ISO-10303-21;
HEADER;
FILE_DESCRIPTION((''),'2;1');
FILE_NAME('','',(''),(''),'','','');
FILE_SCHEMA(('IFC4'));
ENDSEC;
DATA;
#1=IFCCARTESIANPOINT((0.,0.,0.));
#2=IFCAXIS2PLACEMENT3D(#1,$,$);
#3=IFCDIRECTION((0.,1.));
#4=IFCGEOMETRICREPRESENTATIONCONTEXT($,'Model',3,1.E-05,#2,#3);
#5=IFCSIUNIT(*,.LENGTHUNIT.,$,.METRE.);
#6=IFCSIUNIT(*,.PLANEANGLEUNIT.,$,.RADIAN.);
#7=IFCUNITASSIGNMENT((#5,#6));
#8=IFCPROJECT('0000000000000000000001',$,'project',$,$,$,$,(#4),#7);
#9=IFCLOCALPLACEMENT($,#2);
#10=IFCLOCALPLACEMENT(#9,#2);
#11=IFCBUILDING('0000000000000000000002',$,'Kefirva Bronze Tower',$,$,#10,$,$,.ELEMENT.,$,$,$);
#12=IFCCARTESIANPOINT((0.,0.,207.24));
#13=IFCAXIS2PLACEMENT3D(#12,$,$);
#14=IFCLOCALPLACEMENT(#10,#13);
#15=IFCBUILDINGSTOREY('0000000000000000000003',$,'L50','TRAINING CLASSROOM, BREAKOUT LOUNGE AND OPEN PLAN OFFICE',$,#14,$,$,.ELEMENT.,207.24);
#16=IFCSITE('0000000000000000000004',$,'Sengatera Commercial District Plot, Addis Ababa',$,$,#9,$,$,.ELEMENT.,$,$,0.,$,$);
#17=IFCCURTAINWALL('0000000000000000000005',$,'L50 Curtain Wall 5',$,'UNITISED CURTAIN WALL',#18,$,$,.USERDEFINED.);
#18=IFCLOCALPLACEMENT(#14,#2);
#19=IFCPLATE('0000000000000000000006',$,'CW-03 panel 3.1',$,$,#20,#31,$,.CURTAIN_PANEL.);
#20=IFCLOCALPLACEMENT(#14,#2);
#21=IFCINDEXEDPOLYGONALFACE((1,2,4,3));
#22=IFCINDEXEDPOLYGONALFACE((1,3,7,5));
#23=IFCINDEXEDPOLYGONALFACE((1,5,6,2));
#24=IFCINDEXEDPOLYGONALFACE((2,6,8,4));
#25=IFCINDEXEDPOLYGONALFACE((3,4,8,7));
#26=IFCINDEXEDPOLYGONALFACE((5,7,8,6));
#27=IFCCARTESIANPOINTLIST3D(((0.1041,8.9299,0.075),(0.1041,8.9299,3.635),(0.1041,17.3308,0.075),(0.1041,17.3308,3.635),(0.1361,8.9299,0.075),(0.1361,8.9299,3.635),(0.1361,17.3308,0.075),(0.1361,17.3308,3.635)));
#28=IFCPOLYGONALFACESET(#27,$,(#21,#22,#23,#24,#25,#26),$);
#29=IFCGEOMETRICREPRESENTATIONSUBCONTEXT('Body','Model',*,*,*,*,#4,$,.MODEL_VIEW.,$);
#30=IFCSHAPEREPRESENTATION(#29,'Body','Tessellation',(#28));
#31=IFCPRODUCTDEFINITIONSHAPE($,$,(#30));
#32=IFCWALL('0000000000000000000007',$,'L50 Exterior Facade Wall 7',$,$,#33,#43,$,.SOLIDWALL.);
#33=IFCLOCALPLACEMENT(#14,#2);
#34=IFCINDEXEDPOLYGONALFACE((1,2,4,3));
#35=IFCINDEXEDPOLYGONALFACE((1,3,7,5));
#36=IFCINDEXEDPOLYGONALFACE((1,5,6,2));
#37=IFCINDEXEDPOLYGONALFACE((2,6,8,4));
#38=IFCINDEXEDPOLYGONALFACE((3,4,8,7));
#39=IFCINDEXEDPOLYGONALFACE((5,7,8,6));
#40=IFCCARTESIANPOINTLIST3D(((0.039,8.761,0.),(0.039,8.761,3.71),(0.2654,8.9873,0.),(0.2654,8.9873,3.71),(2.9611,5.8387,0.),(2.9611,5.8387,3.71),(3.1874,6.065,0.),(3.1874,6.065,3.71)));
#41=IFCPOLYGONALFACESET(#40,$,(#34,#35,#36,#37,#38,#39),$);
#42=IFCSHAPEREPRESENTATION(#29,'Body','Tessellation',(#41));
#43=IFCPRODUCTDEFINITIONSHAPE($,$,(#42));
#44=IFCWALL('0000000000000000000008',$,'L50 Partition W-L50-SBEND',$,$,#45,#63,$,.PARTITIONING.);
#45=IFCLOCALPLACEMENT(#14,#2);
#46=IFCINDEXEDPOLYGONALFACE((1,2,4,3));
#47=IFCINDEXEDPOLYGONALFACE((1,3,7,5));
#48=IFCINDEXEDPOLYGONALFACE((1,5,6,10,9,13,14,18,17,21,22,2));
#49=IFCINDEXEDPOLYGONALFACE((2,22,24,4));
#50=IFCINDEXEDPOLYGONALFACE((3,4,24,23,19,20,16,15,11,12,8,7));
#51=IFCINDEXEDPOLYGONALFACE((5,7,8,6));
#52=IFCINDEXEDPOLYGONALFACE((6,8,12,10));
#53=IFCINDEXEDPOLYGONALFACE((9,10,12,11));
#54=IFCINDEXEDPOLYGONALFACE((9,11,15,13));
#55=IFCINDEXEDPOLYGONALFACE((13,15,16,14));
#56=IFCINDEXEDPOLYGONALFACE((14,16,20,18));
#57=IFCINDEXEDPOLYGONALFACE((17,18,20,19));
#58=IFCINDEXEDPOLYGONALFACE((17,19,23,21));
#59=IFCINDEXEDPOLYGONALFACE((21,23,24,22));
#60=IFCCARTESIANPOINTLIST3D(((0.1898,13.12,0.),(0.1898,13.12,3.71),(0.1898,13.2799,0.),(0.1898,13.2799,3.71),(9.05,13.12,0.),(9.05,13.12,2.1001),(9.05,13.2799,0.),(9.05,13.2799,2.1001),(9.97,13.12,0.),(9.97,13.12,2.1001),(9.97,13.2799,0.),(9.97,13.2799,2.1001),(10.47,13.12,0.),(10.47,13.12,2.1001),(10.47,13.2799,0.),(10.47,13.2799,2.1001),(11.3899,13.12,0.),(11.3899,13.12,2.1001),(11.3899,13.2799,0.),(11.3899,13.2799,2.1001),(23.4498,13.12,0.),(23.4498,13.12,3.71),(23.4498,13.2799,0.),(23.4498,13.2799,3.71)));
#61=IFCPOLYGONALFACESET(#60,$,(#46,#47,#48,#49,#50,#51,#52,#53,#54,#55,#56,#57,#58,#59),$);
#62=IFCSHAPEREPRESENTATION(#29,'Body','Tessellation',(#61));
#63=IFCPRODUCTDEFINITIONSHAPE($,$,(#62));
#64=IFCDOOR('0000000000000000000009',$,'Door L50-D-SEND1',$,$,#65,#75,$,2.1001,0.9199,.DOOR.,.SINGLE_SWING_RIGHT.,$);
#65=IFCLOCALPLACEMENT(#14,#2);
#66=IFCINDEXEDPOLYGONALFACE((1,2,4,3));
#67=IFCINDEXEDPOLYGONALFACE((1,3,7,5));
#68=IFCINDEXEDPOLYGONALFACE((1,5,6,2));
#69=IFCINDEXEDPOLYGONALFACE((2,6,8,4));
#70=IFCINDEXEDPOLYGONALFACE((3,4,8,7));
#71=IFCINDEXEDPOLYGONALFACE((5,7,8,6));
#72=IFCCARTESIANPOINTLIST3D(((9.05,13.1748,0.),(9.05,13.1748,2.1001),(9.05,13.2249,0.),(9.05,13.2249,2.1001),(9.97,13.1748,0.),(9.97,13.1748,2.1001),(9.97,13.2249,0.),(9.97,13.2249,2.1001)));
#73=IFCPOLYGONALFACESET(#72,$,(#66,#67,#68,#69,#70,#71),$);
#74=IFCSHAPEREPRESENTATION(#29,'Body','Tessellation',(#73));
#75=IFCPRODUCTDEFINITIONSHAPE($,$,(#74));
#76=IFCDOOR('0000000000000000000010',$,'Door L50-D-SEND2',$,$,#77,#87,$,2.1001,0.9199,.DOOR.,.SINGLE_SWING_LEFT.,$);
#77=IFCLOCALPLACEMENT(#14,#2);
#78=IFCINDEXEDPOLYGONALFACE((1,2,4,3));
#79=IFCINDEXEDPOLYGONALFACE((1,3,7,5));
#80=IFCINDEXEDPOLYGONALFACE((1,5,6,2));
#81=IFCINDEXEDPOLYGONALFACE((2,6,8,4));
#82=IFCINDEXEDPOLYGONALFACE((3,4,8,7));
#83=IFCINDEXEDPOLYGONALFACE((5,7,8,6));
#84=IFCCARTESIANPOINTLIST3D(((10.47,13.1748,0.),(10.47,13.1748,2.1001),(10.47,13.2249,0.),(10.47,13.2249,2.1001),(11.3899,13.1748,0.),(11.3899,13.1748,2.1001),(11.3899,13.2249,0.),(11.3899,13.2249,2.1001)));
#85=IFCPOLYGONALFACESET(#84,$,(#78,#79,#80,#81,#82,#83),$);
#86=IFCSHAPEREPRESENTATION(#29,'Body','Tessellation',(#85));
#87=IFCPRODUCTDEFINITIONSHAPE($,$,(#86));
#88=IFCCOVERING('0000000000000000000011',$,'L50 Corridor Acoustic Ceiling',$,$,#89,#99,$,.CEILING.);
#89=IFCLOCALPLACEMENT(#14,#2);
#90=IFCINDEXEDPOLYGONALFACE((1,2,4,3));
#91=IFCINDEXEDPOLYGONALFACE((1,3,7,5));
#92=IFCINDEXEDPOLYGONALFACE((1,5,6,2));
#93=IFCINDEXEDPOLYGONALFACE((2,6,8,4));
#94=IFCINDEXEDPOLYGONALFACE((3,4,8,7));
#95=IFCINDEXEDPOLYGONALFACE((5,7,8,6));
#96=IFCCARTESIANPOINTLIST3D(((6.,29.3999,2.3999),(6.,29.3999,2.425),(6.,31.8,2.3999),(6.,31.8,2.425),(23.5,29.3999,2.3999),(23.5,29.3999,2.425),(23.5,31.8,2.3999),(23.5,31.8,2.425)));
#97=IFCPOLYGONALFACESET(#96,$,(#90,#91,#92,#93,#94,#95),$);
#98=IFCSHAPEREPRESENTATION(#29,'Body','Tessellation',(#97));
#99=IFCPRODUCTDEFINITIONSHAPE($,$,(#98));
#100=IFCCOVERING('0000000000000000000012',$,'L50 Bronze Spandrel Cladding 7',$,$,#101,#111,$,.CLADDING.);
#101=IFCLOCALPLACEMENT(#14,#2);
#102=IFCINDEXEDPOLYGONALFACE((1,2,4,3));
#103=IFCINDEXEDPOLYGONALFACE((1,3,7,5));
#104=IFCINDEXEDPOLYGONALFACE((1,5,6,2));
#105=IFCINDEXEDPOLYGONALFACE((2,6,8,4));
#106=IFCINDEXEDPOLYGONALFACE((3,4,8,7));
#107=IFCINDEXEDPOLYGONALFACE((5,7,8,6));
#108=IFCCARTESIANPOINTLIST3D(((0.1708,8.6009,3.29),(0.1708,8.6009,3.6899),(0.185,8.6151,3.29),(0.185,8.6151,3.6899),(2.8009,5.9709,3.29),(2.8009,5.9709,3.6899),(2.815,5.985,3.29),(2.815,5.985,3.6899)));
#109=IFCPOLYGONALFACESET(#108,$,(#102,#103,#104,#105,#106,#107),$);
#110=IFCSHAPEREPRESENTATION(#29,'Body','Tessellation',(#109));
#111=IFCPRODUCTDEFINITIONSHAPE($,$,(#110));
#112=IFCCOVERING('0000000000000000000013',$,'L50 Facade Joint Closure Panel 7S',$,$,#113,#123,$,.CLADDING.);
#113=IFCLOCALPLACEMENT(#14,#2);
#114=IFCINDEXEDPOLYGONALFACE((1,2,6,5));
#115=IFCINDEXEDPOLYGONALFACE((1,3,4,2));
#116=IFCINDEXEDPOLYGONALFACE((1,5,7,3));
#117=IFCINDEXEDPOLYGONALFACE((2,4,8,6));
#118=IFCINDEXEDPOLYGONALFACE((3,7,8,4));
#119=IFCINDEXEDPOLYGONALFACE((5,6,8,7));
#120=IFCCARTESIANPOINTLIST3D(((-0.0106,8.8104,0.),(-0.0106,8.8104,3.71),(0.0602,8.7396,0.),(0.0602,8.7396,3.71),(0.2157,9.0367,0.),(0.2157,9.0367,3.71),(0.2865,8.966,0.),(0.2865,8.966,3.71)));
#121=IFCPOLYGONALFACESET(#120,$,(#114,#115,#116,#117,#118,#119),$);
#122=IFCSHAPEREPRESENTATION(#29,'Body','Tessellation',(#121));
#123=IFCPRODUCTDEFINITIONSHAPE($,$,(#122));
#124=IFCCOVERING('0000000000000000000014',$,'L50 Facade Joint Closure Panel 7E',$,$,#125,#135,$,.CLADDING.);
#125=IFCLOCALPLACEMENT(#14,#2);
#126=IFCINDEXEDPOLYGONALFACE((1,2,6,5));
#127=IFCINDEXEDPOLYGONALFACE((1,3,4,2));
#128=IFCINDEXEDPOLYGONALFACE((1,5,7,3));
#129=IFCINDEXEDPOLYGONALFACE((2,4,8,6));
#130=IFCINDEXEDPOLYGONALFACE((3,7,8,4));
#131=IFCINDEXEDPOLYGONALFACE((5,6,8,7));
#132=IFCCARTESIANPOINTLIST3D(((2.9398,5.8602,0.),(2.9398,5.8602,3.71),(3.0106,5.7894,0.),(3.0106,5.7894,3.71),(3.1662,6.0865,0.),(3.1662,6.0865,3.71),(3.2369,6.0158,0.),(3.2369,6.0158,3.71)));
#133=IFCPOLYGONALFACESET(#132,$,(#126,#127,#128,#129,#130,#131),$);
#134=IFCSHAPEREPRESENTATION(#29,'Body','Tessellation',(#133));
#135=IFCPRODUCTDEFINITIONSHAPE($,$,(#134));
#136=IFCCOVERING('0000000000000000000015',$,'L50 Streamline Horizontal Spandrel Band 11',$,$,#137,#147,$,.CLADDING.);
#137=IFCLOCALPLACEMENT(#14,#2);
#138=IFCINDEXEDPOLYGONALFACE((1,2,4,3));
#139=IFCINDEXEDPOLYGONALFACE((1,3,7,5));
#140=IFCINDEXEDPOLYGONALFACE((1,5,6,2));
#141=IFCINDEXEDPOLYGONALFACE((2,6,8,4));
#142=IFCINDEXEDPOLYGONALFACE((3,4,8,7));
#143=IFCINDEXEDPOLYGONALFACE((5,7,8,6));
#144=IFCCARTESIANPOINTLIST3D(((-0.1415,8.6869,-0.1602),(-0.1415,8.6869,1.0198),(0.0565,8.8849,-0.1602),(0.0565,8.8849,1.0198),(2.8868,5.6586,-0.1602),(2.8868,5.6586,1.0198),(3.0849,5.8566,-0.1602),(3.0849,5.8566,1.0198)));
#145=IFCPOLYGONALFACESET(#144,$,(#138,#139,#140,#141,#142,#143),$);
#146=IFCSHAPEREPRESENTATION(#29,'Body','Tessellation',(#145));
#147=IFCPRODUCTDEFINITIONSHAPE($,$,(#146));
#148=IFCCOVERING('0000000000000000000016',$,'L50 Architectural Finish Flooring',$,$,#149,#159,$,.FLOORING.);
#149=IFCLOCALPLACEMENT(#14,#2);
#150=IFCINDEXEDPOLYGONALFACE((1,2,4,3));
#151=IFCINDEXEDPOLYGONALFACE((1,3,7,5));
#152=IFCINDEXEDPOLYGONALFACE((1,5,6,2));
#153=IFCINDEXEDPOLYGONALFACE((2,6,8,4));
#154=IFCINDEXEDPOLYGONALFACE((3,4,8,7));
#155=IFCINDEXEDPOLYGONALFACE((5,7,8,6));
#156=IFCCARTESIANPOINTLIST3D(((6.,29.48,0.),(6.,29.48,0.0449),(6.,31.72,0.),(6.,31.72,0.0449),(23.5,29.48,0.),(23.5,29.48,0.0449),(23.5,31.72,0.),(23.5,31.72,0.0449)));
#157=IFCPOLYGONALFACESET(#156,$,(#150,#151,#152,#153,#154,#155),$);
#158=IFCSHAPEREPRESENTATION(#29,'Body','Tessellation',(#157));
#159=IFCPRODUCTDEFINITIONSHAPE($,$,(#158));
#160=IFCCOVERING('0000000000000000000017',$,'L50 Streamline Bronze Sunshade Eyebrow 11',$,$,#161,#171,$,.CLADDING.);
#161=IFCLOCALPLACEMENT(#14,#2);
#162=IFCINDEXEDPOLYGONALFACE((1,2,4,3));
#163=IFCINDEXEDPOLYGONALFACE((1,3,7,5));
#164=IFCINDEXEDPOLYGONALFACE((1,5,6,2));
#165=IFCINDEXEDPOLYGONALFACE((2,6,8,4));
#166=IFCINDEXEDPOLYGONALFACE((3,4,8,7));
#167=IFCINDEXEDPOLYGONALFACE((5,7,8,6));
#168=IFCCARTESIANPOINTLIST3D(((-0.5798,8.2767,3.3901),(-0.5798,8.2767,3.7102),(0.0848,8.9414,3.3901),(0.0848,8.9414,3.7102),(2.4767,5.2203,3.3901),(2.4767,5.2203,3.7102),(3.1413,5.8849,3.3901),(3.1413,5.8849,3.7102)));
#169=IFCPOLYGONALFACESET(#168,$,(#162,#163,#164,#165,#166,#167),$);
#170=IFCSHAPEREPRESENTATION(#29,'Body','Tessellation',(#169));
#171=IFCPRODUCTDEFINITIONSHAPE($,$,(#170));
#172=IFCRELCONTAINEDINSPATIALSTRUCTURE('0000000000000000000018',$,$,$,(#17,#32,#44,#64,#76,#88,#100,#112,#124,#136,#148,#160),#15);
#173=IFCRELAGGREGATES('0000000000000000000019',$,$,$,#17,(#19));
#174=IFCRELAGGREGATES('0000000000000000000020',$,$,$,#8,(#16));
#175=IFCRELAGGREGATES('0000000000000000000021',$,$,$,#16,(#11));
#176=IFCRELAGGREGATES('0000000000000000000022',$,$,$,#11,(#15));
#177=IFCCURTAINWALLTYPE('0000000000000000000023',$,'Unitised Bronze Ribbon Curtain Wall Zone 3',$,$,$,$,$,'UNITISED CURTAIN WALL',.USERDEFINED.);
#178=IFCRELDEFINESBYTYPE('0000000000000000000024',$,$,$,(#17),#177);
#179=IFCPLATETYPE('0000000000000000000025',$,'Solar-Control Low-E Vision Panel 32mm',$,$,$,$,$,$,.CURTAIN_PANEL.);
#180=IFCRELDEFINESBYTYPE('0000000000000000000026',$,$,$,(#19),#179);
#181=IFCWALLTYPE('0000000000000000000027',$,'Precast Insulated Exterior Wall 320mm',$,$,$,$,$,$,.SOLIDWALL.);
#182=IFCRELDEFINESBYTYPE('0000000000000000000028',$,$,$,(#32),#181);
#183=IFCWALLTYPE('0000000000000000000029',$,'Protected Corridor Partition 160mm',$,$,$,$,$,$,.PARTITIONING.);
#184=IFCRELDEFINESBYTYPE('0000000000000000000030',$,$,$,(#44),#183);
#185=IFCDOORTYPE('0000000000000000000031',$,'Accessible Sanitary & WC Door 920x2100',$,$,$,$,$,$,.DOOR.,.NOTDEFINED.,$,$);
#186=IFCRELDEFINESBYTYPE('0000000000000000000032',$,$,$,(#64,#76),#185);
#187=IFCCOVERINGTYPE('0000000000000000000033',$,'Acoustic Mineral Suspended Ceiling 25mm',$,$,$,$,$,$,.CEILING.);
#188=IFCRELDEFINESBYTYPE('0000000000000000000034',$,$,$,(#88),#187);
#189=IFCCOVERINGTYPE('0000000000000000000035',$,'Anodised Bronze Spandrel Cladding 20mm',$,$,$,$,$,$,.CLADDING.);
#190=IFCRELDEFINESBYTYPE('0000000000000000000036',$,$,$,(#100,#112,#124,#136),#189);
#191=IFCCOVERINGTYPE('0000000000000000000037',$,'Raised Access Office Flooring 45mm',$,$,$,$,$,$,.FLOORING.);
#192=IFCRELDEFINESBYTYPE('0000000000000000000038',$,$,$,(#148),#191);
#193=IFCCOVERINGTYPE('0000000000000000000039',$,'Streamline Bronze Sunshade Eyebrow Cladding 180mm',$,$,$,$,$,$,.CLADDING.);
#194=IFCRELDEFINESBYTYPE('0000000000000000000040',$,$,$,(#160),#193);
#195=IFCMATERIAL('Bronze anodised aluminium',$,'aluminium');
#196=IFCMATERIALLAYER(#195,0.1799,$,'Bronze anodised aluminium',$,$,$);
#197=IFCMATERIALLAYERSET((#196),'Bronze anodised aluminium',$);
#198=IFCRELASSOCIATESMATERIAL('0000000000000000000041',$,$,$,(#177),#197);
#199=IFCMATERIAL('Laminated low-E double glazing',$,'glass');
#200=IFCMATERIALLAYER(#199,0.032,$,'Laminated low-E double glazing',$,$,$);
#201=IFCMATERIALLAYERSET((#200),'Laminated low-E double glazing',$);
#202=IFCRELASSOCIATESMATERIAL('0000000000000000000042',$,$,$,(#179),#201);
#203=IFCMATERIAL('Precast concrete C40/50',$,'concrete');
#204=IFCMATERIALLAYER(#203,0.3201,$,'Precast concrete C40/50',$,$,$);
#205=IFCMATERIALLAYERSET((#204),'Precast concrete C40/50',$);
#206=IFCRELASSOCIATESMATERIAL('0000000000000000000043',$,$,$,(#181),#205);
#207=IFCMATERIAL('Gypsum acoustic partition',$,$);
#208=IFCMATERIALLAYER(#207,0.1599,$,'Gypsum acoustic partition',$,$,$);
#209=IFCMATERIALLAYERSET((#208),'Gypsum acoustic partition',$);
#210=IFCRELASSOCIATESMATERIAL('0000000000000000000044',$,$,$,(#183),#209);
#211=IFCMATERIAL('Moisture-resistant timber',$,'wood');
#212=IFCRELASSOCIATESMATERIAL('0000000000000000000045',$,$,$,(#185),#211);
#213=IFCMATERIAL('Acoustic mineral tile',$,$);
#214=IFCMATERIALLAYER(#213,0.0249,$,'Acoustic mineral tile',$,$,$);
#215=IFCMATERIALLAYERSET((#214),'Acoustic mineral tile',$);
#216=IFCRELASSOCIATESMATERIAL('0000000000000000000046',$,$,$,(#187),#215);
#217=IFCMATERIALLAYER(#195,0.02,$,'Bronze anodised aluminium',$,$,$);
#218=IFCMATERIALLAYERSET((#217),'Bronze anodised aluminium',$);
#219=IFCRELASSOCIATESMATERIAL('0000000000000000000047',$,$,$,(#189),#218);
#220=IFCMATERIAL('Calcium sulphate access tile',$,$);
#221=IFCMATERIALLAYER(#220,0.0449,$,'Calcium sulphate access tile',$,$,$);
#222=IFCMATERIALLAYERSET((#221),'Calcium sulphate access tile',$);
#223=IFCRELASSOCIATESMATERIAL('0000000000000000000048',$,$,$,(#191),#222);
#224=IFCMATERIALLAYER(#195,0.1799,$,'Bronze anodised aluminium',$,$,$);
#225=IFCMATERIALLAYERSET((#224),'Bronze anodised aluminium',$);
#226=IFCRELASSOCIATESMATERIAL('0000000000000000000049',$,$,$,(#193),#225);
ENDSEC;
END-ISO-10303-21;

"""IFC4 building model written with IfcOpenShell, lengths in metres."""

from ifc_helpers import new_model, si_unit, direction, frame, frame_2d, origin, origin_2d, place, context, subcontext, project, spatial, polyline, rectangle, outline, extrude, material, layer, layer_set, type_object, element, fill, aggregate, save


model = new_model("IFC4")

# Units and contexts
model_context = context("Model", 3, precision=1e-05, world=origin(), true_north=direction((0.0, 1.0)))
body_context = subcontext(model_context, "Body", "Model", "MODEL_VIEW")
ifc_project = project(units=[si_unit("LENGTHUNIT", "METRE"), si_unit("PLANEANGLEUNIT", "RADIAN")], contexts=[model_context])

# Site, building, storey
site_placement = place(None, origin())
site = spatial("IfcSite", under=ifc_project, at=site_placement, Name="Sengatera Commercial District Plot, Addis Ababa", CompositionType="ELEMENT", RefElevation=0.0)
building_placement = place(site_placement, origin())
building = spatial("IfcBuilding", under=site, at=building_placement, Name="Kefirva Bronze Tower", CompositionType="ELEMENT")
storey_placement = place(building_placement, frame((0.0, 0.0, 207.24)))
storey = spatial("IfcBuildingStorey", under=building, at=storey_placement, Name="L50", Description="TRAINING CLASSROOM, BREAKOUT LOUNGE AND OPEN PLAN OFFICE", CompositionType="ELEMENT", Elevation=207.24)

# Curtain wall
ifc_material_1 = material(Name="Bronze anodised aluminium", Category="aluminium")
ifc_layer_1 = layer(ifc_material_1, 0.1799, Name="Bronze anodised aluminium")
ifc_layer_set_1 = layer_set([ifc_layer_1], Name="Bronze anodised aluminium")
curtain_wall_type = type_object("IfcCurtainWallType", Name="Unitised Bronze Ribbon Curtain Wall Zone 3", ElementType="UNITISED CURTAIN WALL", PredefinedType="USERDEFINED", material=ifc_layer_set_1)
curtain_wall_placement = place(storey_placement, origin())
curtain_wall = element("IfcCurtainWall", 1, at=curtain_wall_placement, inside=storey, type_object=curtain_wall_type, Name="L50 Curtain Wall 5", ObjectType="UNITISED CURTAIN WALL", PredefinedType="USERDEFINED")

# Plate
ifc_material_2 = material(Name="Laminated low-E double glazing", Category="glass")
ifc_layer_2 = layer(ifc_material_2, 0.032, Name="Laminated low-E double glazing")
ifc_layer_set_2 = layer_set([ifc_layer_2], Name="Laminated low-E double glazing")
plate_type = type_object("IfcPlateType", Name="Solar-Control Low-E Vision Panel 32mm", PredefinedType="CURTAIN_PANEL", material=ifc_layer_set_2)
plate_placement = place(storey_placement, frame((0.1201, 13.1304, 0.075), z_axis=(0.0, 0.0, 1.0), x_axis=(0.0, -1.0, 0.0)))
plate = element("IfcPlate", 2, at=plate_placement, type_object=plate_type, Name="CW-03 panel 3.1", PredefinedType="CURTAIN_PANEL", context=body_context, shape_type="SweptSolid", body=[
    extrude(rectangle(XDim=8.4009, YDim=0.032, at=origin_2d()), origin(), (0.0, 0.0, 1.0), 3.5601),
])
aggregate(curtain_wall, [plate])

# Wall
ifc_material_3 = material(Name="Precast concrete C40/50", Category="concrete")
ifc_layer_3 = layer(ifc_material_3, 0.3201, Name="Precast concrete C40/50")
ifc_layer_set_3 = layer_set([ifc_layer_3], Name="Precast concrete C40/50")
wall_type_1 = type_object("IfcWallType", Name="Precast Insulated Exterior Wall 320mm", PredefinedType="SOLIDWALL", material=ifc_layer_set_3)
wall_1_placement = place(storey_placement, frame((0.1521, 8.8743, 0.0), z_axis=(0.0, 0.0, 1.0), x_axis=(0.707077, -0.707136, 0.0)))
element("IfcWall", 3, at=wall_1_placement, inside=storey, type_object=wall_type_1, Name="L50 Exterior Facade Wall 7", PredefinedType="SOLIDWALL", context=body_context, shape_type="SweptSolid", body=[
    extrude(rectangle(XDim=4.1326, YDim=0.3201, at=frame_2d((2.0664, 0.0))), origin(), (0.0, 0.0, 1.0), 3.71),
])

# Wall, openings, doors
ifc_material_4 = material(Name="Gypsum acoustic partition")
ifc_layer_4 = layer(ifc_material_4, 0.1599, Name="Gypsum acoustic partition")
ifc_layer_set_4 = layer_set([ifc_layer_4], Name="Gypsum acoustic partition")
wall_type_2 = type_object("IfcWallType", Name="Protected Corridor Partition 160mm", PredefinedType="PARTITIONING", material=ifc_layer_set_4)
wall_2_placement = place(storey_placement, frame((0.1899, 13.2, 0.0), z_axis=(0.0, 0.0, 1.0), x_axis=(1.0, 0.0, 0.0)))
wall_2 = element("IfcWall", 4, at=wall_2_placement, inside=storey, type_object=wall_type_2, Name="L50 Partition W-L50-SBEND", PredefinedType="PARTITIONING", context=body_context, shape_type="SweptSolid", body=[
    extrude(rectangle(XDim=23.26, YDim=0.1599, at=frame_2d((11.6299, 0.0))), origin(), (0.0, 0.0, 1.0), 3.71),
])
opening_1_placement = place(wall_2_placement, frame((8.8601, 0.0, 0.0)))
opening_1 = element("IfcOpeningElement", 5, at=opening_1_placement, cuts=wall_2, PredefinedType="OPENING", context=body_context, shape_type="SweptSolid", body=[
    extrude(rectangle(XDim=0.9199, YDim=2.1001, at=frame_2d((0.46, 1.05))), frame((0.0, 0.0898, 0.0), z_axis=(0.0, -1.0, 0.0), x_axis=(1.0, 0.0, 0.0)), (0.0, 0.0, 1.0), 0.1799),
])
opening_2_placement = place(wall_2_placement, frame((10.28, 0.0, 0.0)))
opening_2 = element("IfcOpeningElement", 6, at=opening_2_placement, cuts=wall_2, PredefinedType="OPENING", context=body_context, shape_type="SweptSolid", body=[
    extrude(rectangle(XDim=0.9199, YDim=2.1001, at=frame_2d((0.46, 1.05))), frame((0.0, 0.0898, 0.0), z_axis=(0.0, -1.0, 0.0), x_axis=(1.0, 0.0, 0.0)), (0.0, 0.0, 1.0), 0.1799),
])
ifc_material_5 = material(Name="Moisture-resistant timber", Category="wood")
door_type = type_object("IfcDoorType", Name="Accessible Sanitary & WC Door 920x2100", OperationType="NOTDEFINED", PredefinedType="DOOR", material=ifc_material_5)
door_1_placement = place(opening_1_placement, origin())
door_1 = element("IfcDoor", 7, at=door_1_placement, inside=storey, type_object=door_type, Name="Door L50-D-SEND1", OperationType="SINGLE_SWING_RIGHT", OverallHeight=2.1001, OverallWidth=0.9199, PredefinedType="DOOR", context=body_context, shape_type="SweptSolid", body=[
    extrude(rectangle(XDim=0.9199, YDim=2.1001, at=frame_2d((0.46, 1.05))), frame((0.0, 0.0249, 0.0), z_axis=(0.0, -1.0, 0.0), x_axis=(1.0, 0.0, 0.0)), (0.0, 0.0, 1.0), 0.05),
])
fill(opening_1, door_1)
door_2_placement = place(opening_2_placement, origin())
door_2 = element("IfcDoor", 8, at=door_2_placement, inside=storey, type_object=door_type, Name="Door L50-D-SEND2", OperationType="SINGLE_SWING_LEFT", OverallHeight=2.1001, OverallWidth=0.9199, PredefinedType="DOOR", context=body_context, shape_type="SweptSolid", body=[
    extrude(rectangle(XDim=0.9199, YDim=2.1001, at=frame_2d((0.46, 1.05))), frame((0.0, 0.0249, 0.0), z_axis=(0.0, -1.0, 0.0), x_axis=(1.0, 0.0, 0.0)), (0.0, 0.0, 1.0), 0.05),
])
fill(opening_2, door_2)

# Coverings
ifc_material_6 = material(Name="Acoustic mineral tile")
ifc_layer_5 = layer(ifc_material_6, 0.0249, Name="Acoustic mineral tile")
ifc_layer_set_5 = layer_set([ifc_layer_5], Name="Acoustic mineral tile")
covering_type_1 = type_object("IfcCoveringType", Name="Acoustic Mineral Suspended Ceiling 25mm", PredefinedType="CEILING", material=ifc_layer_set_5)
covering_1_placement = place(storey_placement, frame((0.0, 0.0, 2.3999)))
element("IfcCovering", 9, at=covering_1_placement, inside=storey, type_object=covering_type_1, Name="L50 Corridor Acoustic Ceiling", PredefinedType="CEILING", context=body_context, shape_type="SweptSolid", body=[
    extrude(outline(polyline([(6.0, 29.3999), (23.5, 29.3999), (23.5, 31.8), (6.0, 31.8), (6.0, 29.3999)])), origin(), (0.0, 0.0, 1.0), 0.0251),
])
ifc_layer_6 = layer(ifc_material_1, 0.02, Name="Bronze anodised aluminium")
ifc_layer_set_6 = layer_set([ifc_layer_6], Name="Bronze anodised aluminium")
covering_type_2 = type_object("IfcCoveringType", Name="Anodised Bronze Spandrel Cladding 20mm", PredefinedType="CLADDING", material=ifc_layer_set_6)
covering_2_placement = place(storey_placement, frame((1.4929, 7.293, 3.29), z_axis=(0.0, 0.0, 1.0), x_axis=(0.707107, -0.707107, 0.0)))
element("IfcCovering", 10, at=covering_2_placement, inside=storey, type_object=covering_type_2, Name="L50 Bronze Spandrel Cladding 7", PredefinedType="CLADDING", context=body_context, shape_type="SweptSolid", body=[
    extrude(rectangle(XDim=3.7195, YDim=0.02, at=origin_2d()), origin(), (0.0, 0.0, 1.0), 0.3999),
])
for number, where, z_axis, x_axis, name in (
    (11, (0.1379, 8.8882, 0.0), (0.0, 0.0, 1.0), (0.707107, -0.707107, 0.0), "L50 Facade Joint Closure Panel 7S"),
    (12, (3.0884, 5.938, 0.0), (0.0, 0.0, 1.0), (0.707107, -0.707107, 0.0), "L50 Facade Joint Closure Panel 7E"),
):
    element("IfcCovering", number, at=place(storey_placement, frame(where, z_axis=z_axis, x_axis=x_axis)), inside=storey, type_object=covering_type_2, Name=name, PredefinedType="CLADDING", context=body_context, shape_type="SweptSolid", body=[
        extrude(rectangle(XDim=0.1001, YDim=0.3201, at=origin_2d()), origin(), (0.0, 0.0, 1.0), 3.71),
    ])
covering_3_placement = place(storey_placement, frame((1.4717, 7.2717, -0.1602), z_axis=(0.0, 0.0, 1.0), x_axis=(0.707107, -0.707107, 0.0)))
element("IfcCovering", 13, at=covering_3_placement, inside=storey, type_object=covering_type_2, Name="L50 Streamline Horizontal Spandrel Band 11", PredefinedType="CLADDING", context=body_context, shape_type="SweptSolid", body=[
    extrude(rectangle(XDim=4.2827, YDim=0.28, at=origin_2d()), origin(), (0.0, 0.0, 1.0), 1.1799),
])
ifc_material_7 = material(Name="Calcium sulphate access tile")
ifc_layer_7 = layer(ifc_material_7, 0.0449, Name="Calcium sulphate access tile")
ifc_layer_set_7 = layer_set([ifc_layer_7], Name="Calcium sulphate access tile")
covering_type_3 = type_object("IfcCoveringType", Name="Raised Access Office Flooring 45mm", PredefinedType="FLOORING", material=ifc_layer_set_7)
covering_4_placement = place(storey_placement, origin())
element("IfcCovering", 14, at=covering_4_placement, inside=storey, type_object=covering_type_3, Name="L50 Architectural Finish Flooring", PredefinedType="FLOORING", context=body_context, shape_type="SweptSolid", body=[
    extrude(outline(polyline([(6.0, 29.48), (23.5, 29.48), (23.5, 31.72), (6.0, 31.72), (6.0, 29.48)])), origin(), (0.0, 0.0, 1.0), 0.0449),
])
ifc_layer_8 = layer(ifc_material_1, 0.1799, Name="Bronze anodised aluminium")
ifc_layer_set_8 = layer_set([ifc_layer_8], Name="Bronze anodised aluminium")
covering_type_4 = type_object("IfcCoveringType", Name="Streamline Bronze Sunshade Eyebrow Cladding 180mm", PredefinedType="CLADDING", material=ifc_layer_set_8)
covering_5_placement = place(storey_placement, frame((1.2808, 7.0808, 3.3901), z_axis=(0.0, 0.0, 1.0), x_axis=(0.707107, -0.707107, 0.0)))
element("IfcCovering", 15, at=covering_5_placement, inside=storey, type_object=covering_type_4, Name="L50 Streamline Bronze Sunshade Eyebrow 11", PredefinedType="CLADDING", context=body_context, shape_type="SweptSolid", body=[
    extrude(rectangle(XDim=4.3225, YDim=0.9399, at=origin_2d()), origin(), (0.0, 0.0, 1.0), 0.3201),
])

save(model, "model.ifc")
